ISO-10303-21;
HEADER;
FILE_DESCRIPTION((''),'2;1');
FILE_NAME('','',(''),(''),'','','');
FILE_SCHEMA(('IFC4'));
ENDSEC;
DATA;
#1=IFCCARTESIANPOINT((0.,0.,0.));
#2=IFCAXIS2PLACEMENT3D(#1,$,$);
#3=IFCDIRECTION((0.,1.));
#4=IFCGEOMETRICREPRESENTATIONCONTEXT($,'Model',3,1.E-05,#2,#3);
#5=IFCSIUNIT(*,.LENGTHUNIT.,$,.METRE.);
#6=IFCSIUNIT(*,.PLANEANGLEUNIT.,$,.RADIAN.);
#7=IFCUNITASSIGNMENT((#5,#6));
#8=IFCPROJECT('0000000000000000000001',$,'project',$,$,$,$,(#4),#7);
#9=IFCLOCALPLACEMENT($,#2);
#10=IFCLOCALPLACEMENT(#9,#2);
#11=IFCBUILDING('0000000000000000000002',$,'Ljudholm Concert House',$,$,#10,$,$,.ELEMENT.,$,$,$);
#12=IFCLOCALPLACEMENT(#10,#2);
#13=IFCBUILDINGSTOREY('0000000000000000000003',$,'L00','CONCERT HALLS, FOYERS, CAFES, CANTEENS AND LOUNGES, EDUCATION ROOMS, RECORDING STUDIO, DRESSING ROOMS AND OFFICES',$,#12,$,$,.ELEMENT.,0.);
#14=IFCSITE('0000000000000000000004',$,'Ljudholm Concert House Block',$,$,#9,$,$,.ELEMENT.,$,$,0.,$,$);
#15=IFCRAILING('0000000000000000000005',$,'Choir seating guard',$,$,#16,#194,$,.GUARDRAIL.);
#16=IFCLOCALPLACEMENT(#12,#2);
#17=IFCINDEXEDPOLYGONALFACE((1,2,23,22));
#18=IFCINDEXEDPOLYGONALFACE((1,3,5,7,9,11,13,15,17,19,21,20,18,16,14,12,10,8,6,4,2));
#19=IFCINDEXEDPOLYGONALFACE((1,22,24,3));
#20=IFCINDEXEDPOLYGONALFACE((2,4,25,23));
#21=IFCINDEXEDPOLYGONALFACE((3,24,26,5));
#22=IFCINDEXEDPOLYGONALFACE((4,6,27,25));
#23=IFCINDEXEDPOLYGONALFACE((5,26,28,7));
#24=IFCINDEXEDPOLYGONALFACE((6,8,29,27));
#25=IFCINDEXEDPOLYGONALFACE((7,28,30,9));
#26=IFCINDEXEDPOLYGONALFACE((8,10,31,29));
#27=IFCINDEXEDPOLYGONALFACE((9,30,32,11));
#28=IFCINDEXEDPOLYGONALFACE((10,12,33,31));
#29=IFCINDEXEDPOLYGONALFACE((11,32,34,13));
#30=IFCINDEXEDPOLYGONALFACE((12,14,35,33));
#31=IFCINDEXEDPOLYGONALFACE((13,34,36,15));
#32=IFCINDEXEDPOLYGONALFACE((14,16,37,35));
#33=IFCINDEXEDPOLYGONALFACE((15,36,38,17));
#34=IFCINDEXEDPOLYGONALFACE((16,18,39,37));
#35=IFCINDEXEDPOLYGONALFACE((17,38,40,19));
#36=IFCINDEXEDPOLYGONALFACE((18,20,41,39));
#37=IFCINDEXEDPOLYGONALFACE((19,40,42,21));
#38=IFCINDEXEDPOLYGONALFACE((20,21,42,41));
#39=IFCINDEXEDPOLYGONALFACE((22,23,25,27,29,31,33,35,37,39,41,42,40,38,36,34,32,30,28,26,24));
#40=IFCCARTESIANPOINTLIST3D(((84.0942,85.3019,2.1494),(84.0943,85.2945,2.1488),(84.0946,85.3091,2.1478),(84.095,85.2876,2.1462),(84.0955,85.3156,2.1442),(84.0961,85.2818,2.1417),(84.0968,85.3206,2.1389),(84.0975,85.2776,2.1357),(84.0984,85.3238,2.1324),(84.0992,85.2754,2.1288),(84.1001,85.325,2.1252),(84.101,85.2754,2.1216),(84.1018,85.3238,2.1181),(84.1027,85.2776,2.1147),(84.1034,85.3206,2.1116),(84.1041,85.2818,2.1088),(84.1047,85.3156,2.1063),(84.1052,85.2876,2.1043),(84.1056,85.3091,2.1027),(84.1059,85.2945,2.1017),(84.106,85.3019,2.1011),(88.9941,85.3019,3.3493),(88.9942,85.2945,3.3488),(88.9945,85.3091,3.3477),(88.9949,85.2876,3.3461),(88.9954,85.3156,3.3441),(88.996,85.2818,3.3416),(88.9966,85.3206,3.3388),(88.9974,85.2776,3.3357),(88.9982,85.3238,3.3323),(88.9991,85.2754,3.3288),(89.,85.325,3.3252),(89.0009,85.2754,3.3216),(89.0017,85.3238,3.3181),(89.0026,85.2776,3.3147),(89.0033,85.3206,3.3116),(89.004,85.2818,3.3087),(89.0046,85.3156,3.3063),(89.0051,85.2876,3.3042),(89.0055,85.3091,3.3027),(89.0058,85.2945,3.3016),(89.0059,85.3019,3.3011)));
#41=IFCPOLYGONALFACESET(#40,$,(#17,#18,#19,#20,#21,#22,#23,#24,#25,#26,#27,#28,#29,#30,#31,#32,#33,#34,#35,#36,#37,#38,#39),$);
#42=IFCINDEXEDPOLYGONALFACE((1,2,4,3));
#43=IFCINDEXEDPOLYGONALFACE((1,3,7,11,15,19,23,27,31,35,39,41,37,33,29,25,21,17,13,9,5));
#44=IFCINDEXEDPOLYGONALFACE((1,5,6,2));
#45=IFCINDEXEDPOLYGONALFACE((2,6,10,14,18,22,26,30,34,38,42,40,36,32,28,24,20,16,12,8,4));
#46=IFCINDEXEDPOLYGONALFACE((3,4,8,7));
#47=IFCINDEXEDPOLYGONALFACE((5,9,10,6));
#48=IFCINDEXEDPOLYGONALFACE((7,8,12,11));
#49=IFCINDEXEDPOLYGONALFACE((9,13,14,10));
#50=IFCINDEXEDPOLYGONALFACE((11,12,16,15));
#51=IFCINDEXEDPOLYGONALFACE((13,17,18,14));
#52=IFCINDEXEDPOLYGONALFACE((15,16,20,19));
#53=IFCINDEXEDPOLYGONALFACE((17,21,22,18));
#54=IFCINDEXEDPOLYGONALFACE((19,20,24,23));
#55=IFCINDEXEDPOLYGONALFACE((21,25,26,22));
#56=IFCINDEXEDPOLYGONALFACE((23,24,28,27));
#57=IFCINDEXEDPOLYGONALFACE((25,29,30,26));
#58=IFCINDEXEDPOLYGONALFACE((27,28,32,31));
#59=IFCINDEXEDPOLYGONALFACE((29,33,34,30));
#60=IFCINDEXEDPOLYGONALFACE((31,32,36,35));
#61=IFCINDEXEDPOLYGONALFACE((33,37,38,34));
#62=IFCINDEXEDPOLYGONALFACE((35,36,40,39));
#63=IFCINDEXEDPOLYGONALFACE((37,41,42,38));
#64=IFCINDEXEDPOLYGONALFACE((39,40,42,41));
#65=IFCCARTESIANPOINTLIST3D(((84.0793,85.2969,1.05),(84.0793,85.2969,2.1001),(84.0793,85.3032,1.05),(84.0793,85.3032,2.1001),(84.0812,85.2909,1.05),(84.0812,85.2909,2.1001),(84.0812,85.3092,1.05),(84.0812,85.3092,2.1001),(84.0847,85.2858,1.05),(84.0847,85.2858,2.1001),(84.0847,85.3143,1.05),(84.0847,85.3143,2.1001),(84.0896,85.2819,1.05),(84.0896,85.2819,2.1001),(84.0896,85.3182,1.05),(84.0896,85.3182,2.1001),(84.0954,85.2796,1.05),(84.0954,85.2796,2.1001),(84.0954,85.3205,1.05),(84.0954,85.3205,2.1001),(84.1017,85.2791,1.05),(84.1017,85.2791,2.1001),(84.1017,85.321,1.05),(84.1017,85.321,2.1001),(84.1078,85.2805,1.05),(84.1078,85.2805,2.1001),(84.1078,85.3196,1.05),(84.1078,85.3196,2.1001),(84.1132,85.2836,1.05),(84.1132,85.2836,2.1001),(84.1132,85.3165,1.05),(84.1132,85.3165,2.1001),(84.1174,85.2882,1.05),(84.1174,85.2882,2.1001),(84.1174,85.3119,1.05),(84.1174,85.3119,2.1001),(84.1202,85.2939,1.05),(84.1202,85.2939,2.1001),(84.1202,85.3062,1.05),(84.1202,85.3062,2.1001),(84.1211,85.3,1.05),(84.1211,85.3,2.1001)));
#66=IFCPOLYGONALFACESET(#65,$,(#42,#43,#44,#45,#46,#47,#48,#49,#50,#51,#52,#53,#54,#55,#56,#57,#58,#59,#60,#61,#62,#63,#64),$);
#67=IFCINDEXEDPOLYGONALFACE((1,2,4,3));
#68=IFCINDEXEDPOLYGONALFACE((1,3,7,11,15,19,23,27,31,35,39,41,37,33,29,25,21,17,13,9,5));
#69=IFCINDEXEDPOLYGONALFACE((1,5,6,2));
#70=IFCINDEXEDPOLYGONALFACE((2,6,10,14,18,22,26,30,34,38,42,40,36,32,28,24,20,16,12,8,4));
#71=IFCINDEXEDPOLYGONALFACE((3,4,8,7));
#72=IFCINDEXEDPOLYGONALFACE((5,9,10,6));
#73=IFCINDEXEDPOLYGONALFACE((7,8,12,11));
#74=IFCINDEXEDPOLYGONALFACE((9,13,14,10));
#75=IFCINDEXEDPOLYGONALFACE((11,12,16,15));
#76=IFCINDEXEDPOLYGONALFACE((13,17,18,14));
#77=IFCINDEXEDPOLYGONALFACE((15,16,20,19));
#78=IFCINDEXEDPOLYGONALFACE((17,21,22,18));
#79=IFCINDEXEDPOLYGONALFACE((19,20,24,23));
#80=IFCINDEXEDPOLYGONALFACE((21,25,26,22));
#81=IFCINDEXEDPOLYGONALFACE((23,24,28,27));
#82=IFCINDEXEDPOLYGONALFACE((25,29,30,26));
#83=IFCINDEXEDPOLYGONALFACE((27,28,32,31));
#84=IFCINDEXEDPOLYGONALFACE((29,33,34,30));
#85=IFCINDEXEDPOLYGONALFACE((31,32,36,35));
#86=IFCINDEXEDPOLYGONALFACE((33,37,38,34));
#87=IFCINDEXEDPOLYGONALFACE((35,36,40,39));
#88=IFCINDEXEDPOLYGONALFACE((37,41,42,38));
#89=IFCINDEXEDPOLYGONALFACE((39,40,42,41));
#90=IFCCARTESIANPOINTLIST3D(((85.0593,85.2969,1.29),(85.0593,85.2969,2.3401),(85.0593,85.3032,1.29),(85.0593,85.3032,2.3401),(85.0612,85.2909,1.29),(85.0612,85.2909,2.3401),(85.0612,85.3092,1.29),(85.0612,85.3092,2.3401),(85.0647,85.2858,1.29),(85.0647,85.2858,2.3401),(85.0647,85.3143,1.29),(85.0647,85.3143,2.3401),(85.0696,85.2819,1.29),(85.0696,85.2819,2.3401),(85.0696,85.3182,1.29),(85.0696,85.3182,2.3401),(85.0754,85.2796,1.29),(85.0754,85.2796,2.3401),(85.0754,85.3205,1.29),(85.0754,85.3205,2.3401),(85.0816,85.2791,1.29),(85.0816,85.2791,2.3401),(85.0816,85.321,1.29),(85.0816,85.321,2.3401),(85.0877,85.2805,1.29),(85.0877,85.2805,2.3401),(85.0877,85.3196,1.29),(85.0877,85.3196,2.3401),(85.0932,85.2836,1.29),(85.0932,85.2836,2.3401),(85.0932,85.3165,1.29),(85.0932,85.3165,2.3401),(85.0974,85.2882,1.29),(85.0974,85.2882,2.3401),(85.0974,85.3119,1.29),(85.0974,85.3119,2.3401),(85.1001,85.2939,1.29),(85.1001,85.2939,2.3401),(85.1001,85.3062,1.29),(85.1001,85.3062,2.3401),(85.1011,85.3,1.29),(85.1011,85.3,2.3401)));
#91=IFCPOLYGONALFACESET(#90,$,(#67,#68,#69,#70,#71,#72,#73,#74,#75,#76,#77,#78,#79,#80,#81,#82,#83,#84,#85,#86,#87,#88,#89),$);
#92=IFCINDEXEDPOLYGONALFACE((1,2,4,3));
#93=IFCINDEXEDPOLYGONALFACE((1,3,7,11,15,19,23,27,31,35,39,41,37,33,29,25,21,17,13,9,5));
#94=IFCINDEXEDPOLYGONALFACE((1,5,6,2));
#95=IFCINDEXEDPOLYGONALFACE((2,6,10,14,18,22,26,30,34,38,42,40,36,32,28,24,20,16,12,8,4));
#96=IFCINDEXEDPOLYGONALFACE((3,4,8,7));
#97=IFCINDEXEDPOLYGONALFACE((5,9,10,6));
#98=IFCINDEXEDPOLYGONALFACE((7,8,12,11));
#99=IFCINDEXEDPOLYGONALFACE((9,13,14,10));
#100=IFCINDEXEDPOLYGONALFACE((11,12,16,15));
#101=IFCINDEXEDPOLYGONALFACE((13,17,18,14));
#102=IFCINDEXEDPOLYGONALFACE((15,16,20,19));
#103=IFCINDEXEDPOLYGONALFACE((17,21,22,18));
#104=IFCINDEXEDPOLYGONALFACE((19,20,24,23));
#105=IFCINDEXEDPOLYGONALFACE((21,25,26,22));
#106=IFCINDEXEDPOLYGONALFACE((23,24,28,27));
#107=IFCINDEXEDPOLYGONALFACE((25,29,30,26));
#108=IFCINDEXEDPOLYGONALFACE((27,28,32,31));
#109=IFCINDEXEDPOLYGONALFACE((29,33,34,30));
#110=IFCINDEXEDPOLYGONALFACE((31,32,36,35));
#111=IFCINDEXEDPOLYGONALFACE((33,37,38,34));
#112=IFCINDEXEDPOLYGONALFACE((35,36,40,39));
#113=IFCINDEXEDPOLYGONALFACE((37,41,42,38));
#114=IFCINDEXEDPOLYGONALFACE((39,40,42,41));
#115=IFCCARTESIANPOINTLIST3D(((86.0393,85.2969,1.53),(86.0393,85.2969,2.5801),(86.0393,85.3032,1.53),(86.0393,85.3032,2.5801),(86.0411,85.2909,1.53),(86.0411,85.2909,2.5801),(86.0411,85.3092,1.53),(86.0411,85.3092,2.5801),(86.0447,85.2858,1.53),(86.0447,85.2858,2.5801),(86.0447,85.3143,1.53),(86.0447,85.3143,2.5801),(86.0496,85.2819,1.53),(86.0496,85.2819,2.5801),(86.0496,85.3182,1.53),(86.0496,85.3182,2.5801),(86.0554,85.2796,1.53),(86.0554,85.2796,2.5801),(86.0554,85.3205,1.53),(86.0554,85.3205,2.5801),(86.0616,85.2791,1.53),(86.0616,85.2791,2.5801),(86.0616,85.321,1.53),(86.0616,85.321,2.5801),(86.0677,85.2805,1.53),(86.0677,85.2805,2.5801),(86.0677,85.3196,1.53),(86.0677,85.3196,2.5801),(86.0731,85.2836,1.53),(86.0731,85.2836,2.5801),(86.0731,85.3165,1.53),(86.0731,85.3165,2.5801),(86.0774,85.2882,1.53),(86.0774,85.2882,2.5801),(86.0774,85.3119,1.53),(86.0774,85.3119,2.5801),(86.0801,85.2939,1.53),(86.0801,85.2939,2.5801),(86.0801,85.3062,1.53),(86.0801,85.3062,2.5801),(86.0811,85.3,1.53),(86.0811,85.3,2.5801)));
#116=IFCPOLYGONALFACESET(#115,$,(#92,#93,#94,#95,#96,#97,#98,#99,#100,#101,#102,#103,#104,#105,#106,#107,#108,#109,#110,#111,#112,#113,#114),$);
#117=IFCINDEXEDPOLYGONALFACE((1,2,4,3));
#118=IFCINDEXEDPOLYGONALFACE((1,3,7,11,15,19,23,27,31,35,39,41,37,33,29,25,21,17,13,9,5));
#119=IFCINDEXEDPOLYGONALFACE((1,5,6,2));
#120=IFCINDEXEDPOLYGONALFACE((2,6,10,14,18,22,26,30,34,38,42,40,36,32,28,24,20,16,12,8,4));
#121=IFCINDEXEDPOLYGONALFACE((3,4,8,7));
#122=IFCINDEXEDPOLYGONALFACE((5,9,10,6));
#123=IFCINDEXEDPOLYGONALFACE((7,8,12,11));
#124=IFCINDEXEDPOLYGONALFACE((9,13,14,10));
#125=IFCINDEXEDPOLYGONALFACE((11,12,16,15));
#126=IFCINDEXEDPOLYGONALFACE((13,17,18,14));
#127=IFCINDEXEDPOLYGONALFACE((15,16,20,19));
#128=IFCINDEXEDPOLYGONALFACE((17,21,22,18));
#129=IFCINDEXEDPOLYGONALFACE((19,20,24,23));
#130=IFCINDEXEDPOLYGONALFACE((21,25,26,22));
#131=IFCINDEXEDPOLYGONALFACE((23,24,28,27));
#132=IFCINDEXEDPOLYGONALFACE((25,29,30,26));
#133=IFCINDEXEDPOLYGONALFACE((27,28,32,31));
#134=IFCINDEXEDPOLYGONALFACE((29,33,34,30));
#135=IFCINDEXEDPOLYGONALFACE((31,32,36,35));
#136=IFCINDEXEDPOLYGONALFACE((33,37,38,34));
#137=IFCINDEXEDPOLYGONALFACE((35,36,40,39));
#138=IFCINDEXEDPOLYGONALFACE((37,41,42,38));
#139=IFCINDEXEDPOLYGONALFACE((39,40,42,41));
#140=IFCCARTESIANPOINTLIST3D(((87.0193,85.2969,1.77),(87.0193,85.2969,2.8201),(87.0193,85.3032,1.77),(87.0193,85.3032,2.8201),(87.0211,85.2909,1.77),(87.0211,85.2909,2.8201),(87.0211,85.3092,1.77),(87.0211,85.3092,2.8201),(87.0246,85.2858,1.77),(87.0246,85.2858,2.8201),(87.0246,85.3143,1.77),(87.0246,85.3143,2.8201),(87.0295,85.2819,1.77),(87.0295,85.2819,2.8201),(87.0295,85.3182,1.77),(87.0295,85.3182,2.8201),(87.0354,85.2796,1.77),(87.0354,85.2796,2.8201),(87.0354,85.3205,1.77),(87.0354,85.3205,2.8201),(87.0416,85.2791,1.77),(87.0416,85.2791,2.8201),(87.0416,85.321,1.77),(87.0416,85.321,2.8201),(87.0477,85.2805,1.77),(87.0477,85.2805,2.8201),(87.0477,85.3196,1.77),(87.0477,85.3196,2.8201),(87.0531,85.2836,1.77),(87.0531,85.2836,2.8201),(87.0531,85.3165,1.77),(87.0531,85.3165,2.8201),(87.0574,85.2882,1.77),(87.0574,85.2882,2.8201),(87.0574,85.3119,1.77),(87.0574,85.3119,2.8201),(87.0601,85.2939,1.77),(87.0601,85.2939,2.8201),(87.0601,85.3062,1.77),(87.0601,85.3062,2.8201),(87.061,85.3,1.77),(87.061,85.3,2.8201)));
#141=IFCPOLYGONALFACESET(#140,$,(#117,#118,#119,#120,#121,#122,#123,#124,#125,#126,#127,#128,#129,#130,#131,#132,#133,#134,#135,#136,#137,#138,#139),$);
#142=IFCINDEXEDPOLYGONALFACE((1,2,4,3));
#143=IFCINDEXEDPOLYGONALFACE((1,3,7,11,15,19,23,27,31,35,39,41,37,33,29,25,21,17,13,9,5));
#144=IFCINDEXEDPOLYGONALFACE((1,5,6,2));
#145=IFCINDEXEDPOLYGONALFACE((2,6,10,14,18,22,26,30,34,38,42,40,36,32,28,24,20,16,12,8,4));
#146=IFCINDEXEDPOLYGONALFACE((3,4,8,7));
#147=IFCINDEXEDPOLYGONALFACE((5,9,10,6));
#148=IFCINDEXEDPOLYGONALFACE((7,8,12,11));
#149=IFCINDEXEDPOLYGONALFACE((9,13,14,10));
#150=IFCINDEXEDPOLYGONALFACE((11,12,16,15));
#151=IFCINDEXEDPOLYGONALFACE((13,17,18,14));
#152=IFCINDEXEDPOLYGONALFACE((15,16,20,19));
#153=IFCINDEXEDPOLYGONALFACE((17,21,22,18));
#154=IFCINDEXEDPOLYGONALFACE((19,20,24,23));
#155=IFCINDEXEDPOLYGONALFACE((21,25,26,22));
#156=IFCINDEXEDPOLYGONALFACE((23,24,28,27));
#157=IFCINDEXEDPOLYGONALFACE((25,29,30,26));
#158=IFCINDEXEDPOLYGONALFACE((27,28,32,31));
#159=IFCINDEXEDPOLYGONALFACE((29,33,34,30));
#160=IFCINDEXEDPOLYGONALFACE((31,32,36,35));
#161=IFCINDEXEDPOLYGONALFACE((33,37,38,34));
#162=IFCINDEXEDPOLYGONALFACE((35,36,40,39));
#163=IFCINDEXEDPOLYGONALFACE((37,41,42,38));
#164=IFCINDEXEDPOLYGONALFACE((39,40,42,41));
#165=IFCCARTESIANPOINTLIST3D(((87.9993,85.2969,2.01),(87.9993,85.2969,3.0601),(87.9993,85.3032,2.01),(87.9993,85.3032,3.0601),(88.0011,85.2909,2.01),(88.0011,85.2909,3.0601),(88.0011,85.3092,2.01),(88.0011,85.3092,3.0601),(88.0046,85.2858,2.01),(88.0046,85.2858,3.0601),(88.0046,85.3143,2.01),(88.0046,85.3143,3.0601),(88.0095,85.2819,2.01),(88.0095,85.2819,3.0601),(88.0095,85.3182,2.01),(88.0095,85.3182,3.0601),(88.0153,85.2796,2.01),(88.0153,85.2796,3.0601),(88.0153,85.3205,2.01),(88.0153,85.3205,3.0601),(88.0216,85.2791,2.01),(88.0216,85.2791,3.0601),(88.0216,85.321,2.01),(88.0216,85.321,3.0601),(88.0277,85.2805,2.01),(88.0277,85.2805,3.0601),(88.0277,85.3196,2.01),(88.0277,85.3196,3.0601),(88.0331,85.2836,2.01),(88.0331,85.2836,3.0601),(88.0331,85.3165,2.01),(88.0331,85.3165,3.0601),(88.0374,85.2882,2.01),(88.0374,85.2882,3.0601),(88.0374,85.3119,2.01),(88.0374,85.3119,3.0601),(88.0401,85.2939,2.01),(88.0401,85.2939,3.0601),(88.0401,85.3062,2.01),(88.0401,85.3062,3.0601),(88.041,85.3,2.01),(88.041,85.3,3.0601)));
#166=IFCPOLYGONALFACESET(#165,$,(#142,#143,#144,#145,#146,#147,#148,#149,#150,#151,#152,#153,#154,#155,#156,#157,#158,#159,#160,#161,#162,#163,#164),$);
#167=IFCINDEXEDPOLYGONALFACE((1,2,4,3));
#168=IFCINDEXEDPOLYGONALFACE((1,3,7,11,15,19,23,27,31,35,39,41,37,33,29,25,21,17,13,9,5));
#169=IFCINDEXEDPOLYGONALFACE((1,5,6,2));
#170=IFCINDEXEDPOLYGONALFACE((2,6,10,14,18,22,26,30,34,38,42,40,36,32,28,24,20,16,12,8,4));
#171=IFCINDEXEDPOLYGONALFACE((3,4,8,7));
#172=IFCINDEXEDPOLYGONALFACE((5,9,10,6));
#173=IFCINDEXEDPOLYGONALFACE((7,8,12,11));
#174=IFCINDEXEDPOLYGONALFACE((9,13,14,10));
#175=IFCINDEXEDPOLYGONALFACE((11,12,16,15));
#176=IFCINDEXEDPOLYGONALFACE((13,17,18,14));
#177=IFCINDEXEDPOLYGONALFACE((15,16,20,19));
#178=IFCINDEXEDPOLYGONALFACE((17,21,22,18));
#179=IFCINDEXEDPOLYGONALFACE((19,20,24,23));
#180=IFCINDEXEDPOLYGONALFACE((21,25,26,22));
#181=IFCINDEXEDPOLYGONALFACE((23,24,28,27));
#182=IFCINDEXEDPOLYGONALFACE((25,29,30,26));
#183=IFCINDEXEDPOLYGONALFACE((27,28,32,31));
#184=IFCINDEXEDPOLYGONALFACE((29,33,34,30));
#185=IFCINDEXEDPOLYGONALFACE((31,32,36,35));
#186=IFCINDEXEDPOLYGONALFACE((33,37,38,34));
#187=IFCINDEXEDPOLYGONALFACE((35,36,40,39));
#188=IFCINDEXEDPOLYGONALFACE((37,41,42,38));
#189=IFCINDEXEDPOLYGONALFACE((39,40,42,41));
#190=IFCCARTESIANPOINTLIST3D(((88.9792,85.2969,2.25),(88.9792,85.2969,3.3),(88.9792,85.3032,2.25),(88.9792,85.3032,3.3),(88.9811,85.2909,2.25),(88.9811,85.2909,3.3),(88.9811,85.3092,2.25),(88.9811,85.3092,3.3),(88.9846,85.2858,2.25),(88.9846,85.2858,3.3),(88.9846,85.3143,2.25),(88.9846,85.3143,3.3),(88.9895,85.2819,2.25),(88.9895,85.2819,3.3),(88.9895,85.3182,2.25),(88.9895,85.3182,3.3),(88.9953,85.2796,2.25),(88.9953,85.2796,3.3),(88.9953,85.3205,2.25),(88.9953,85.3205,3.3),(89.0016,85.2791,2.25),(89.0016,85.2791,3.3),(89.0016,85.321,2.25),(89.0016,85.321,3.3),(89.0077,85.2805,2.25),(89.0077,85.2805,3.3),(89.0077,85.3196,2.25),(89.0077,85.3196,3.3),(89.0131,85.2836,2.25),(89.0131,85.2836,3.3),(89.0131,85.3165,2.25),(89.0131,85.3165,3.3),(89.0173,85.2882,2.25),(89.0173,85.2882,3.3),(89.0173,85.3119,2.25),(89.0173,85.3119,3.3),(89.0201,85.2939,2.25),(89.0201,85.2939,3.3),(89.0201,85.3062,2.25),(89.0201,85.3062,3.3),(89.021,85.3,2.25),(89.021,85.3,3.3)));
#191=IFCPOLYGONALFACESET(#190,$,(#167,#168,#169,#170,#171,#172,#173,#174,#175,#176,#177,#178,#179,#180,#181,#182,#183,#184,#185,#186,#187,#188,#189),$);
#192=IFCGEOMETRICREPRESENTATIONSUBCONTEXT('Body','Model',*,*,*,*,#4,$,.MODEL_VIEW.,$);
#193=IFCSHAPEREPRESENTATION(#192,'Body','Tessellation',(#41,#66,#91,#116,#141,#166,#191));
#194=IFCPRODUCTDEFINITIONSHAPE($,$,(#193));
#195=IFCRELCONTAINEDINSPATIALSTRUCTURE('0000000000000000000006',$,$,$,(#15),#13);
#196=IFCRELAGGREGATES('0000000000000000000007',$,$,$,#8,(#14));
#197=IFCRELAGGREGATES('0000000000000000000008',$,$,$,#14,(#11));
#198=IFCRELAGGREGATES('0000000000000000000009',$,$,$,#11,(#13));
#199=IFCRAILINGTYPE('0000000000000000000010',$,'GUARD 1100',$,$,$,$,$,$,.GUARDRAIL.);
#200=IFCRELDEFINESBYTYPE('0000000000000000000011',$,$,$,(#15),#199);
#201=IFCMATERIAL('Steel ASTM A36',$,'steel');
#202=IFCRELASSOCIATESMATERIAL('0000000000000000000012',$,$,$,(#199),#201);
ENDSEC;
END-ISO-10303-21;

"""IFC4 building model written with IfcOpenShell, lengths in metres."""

from ifc_helpers import new_model, si_unit, direction, frame, origin, origin_2d, place, context, subcontext, project, spatial, circle, extrude, material, type_object, element, save


model = new_model("IFC4")

# Units and contexts
model_context = context("Model", 3, precision=1e-05, world=origin(), true_north=direction((0.0, 1.0)))
body_context = subcontext(model_context, "Body", "Model", "MODEL_VIEW")
ifc_project = project(units=[si_unit("LENGTHUNIT", "METRE"), si_unit("PLANEANGLEUNIT", "RADIAN")], contexts=[model_context])

# Site, building, storey
site_placement = place(None, origin())
site = spatial("IfcSite", under=ifc_project, at=site_placement, Name="Ljudholm Concert House Block", CompositionType="ELEMENT", RefElevation=0.0)
building_placement = place(site_placement, origin())
building = spatial("IfcBuilding", under=site, at=building_placement, Name="Ljudholm Concert House", CompositionType="ELEMENT")
storey_placement = place(building_placement, origin())
storey = spatial("IfcBuildingStorey", under=building, at=storey_placement, Name="L00", Description="CONCERT HALLS, FOYERS, CAFES, CANTEENS AND LOUNGES, EDUCATION ROOMS, RECORDING STUDIO, DRESSING ROOMS AND OFFICES", CompositionType="ELEMENT", Elevation=0.0)

# Railing
ifc_material_1 = material(Name="Steel ASTM A36", Category="steel")
railing_type_1 = type_object("IfcRailingType", Name="GUARD 1100", PredefinedType="GUARDRAIL", material=ifc_material_1)
railing_placement = place(storey_placement, frame((84.1001, 85.3, 1.05)))
element("IfcRailing", 1, at=railing_placement, inside=storey, type_object=railing_type_1, Name="Choir seating guard", PredefinedType="GUARDRAIL", context=body_context, shape_type="SweptSolid", body=[
    extrude(circle(Radius=0.0249, at=origin_2d()), frame((0.0, 0.0, 1.0752), z_axis=(0.971298, 0.0, 0.237864), x_axis=(0.0, 1.0, 0.0)), (0.0, 0.0, 1.0), 5.0447),
    extrude(circle(Radius=0.021, at=origin_2d()), origin(), (0.0, 0.0, 1.0), 1.05),
    extrude(circle(Radius=0.021, at=origin_2d()), frame((0.98, 0.0, 0.24)), (0.0, 0.0, 1.0), 1.05),
    extrude(circle(Radius=0.021, at=origin_2d()), frame((1.96, 0.0, 0.48)), (0.0, 0.0, 1.0), 1.05),
    extrude(circle(Radius=0.021, at=origin_2d()), frame((2.9399, 0.0, 0.72)), (0.0, 0.0, 1.0), 1.05),
    extrude(circle(Radius=0.021, at=origin_2d()), frame((3.9199, 0.0, 0.96)), (0.0, 0.0, 1.0), 1.05),
    extrude(circle(Radius=0.021, at=origin_2d()), frame((4.8999, 0.0, 1.2)), (0.0, 0.0, 1.0), 1.05),
])

save(model, "model.ifc")
